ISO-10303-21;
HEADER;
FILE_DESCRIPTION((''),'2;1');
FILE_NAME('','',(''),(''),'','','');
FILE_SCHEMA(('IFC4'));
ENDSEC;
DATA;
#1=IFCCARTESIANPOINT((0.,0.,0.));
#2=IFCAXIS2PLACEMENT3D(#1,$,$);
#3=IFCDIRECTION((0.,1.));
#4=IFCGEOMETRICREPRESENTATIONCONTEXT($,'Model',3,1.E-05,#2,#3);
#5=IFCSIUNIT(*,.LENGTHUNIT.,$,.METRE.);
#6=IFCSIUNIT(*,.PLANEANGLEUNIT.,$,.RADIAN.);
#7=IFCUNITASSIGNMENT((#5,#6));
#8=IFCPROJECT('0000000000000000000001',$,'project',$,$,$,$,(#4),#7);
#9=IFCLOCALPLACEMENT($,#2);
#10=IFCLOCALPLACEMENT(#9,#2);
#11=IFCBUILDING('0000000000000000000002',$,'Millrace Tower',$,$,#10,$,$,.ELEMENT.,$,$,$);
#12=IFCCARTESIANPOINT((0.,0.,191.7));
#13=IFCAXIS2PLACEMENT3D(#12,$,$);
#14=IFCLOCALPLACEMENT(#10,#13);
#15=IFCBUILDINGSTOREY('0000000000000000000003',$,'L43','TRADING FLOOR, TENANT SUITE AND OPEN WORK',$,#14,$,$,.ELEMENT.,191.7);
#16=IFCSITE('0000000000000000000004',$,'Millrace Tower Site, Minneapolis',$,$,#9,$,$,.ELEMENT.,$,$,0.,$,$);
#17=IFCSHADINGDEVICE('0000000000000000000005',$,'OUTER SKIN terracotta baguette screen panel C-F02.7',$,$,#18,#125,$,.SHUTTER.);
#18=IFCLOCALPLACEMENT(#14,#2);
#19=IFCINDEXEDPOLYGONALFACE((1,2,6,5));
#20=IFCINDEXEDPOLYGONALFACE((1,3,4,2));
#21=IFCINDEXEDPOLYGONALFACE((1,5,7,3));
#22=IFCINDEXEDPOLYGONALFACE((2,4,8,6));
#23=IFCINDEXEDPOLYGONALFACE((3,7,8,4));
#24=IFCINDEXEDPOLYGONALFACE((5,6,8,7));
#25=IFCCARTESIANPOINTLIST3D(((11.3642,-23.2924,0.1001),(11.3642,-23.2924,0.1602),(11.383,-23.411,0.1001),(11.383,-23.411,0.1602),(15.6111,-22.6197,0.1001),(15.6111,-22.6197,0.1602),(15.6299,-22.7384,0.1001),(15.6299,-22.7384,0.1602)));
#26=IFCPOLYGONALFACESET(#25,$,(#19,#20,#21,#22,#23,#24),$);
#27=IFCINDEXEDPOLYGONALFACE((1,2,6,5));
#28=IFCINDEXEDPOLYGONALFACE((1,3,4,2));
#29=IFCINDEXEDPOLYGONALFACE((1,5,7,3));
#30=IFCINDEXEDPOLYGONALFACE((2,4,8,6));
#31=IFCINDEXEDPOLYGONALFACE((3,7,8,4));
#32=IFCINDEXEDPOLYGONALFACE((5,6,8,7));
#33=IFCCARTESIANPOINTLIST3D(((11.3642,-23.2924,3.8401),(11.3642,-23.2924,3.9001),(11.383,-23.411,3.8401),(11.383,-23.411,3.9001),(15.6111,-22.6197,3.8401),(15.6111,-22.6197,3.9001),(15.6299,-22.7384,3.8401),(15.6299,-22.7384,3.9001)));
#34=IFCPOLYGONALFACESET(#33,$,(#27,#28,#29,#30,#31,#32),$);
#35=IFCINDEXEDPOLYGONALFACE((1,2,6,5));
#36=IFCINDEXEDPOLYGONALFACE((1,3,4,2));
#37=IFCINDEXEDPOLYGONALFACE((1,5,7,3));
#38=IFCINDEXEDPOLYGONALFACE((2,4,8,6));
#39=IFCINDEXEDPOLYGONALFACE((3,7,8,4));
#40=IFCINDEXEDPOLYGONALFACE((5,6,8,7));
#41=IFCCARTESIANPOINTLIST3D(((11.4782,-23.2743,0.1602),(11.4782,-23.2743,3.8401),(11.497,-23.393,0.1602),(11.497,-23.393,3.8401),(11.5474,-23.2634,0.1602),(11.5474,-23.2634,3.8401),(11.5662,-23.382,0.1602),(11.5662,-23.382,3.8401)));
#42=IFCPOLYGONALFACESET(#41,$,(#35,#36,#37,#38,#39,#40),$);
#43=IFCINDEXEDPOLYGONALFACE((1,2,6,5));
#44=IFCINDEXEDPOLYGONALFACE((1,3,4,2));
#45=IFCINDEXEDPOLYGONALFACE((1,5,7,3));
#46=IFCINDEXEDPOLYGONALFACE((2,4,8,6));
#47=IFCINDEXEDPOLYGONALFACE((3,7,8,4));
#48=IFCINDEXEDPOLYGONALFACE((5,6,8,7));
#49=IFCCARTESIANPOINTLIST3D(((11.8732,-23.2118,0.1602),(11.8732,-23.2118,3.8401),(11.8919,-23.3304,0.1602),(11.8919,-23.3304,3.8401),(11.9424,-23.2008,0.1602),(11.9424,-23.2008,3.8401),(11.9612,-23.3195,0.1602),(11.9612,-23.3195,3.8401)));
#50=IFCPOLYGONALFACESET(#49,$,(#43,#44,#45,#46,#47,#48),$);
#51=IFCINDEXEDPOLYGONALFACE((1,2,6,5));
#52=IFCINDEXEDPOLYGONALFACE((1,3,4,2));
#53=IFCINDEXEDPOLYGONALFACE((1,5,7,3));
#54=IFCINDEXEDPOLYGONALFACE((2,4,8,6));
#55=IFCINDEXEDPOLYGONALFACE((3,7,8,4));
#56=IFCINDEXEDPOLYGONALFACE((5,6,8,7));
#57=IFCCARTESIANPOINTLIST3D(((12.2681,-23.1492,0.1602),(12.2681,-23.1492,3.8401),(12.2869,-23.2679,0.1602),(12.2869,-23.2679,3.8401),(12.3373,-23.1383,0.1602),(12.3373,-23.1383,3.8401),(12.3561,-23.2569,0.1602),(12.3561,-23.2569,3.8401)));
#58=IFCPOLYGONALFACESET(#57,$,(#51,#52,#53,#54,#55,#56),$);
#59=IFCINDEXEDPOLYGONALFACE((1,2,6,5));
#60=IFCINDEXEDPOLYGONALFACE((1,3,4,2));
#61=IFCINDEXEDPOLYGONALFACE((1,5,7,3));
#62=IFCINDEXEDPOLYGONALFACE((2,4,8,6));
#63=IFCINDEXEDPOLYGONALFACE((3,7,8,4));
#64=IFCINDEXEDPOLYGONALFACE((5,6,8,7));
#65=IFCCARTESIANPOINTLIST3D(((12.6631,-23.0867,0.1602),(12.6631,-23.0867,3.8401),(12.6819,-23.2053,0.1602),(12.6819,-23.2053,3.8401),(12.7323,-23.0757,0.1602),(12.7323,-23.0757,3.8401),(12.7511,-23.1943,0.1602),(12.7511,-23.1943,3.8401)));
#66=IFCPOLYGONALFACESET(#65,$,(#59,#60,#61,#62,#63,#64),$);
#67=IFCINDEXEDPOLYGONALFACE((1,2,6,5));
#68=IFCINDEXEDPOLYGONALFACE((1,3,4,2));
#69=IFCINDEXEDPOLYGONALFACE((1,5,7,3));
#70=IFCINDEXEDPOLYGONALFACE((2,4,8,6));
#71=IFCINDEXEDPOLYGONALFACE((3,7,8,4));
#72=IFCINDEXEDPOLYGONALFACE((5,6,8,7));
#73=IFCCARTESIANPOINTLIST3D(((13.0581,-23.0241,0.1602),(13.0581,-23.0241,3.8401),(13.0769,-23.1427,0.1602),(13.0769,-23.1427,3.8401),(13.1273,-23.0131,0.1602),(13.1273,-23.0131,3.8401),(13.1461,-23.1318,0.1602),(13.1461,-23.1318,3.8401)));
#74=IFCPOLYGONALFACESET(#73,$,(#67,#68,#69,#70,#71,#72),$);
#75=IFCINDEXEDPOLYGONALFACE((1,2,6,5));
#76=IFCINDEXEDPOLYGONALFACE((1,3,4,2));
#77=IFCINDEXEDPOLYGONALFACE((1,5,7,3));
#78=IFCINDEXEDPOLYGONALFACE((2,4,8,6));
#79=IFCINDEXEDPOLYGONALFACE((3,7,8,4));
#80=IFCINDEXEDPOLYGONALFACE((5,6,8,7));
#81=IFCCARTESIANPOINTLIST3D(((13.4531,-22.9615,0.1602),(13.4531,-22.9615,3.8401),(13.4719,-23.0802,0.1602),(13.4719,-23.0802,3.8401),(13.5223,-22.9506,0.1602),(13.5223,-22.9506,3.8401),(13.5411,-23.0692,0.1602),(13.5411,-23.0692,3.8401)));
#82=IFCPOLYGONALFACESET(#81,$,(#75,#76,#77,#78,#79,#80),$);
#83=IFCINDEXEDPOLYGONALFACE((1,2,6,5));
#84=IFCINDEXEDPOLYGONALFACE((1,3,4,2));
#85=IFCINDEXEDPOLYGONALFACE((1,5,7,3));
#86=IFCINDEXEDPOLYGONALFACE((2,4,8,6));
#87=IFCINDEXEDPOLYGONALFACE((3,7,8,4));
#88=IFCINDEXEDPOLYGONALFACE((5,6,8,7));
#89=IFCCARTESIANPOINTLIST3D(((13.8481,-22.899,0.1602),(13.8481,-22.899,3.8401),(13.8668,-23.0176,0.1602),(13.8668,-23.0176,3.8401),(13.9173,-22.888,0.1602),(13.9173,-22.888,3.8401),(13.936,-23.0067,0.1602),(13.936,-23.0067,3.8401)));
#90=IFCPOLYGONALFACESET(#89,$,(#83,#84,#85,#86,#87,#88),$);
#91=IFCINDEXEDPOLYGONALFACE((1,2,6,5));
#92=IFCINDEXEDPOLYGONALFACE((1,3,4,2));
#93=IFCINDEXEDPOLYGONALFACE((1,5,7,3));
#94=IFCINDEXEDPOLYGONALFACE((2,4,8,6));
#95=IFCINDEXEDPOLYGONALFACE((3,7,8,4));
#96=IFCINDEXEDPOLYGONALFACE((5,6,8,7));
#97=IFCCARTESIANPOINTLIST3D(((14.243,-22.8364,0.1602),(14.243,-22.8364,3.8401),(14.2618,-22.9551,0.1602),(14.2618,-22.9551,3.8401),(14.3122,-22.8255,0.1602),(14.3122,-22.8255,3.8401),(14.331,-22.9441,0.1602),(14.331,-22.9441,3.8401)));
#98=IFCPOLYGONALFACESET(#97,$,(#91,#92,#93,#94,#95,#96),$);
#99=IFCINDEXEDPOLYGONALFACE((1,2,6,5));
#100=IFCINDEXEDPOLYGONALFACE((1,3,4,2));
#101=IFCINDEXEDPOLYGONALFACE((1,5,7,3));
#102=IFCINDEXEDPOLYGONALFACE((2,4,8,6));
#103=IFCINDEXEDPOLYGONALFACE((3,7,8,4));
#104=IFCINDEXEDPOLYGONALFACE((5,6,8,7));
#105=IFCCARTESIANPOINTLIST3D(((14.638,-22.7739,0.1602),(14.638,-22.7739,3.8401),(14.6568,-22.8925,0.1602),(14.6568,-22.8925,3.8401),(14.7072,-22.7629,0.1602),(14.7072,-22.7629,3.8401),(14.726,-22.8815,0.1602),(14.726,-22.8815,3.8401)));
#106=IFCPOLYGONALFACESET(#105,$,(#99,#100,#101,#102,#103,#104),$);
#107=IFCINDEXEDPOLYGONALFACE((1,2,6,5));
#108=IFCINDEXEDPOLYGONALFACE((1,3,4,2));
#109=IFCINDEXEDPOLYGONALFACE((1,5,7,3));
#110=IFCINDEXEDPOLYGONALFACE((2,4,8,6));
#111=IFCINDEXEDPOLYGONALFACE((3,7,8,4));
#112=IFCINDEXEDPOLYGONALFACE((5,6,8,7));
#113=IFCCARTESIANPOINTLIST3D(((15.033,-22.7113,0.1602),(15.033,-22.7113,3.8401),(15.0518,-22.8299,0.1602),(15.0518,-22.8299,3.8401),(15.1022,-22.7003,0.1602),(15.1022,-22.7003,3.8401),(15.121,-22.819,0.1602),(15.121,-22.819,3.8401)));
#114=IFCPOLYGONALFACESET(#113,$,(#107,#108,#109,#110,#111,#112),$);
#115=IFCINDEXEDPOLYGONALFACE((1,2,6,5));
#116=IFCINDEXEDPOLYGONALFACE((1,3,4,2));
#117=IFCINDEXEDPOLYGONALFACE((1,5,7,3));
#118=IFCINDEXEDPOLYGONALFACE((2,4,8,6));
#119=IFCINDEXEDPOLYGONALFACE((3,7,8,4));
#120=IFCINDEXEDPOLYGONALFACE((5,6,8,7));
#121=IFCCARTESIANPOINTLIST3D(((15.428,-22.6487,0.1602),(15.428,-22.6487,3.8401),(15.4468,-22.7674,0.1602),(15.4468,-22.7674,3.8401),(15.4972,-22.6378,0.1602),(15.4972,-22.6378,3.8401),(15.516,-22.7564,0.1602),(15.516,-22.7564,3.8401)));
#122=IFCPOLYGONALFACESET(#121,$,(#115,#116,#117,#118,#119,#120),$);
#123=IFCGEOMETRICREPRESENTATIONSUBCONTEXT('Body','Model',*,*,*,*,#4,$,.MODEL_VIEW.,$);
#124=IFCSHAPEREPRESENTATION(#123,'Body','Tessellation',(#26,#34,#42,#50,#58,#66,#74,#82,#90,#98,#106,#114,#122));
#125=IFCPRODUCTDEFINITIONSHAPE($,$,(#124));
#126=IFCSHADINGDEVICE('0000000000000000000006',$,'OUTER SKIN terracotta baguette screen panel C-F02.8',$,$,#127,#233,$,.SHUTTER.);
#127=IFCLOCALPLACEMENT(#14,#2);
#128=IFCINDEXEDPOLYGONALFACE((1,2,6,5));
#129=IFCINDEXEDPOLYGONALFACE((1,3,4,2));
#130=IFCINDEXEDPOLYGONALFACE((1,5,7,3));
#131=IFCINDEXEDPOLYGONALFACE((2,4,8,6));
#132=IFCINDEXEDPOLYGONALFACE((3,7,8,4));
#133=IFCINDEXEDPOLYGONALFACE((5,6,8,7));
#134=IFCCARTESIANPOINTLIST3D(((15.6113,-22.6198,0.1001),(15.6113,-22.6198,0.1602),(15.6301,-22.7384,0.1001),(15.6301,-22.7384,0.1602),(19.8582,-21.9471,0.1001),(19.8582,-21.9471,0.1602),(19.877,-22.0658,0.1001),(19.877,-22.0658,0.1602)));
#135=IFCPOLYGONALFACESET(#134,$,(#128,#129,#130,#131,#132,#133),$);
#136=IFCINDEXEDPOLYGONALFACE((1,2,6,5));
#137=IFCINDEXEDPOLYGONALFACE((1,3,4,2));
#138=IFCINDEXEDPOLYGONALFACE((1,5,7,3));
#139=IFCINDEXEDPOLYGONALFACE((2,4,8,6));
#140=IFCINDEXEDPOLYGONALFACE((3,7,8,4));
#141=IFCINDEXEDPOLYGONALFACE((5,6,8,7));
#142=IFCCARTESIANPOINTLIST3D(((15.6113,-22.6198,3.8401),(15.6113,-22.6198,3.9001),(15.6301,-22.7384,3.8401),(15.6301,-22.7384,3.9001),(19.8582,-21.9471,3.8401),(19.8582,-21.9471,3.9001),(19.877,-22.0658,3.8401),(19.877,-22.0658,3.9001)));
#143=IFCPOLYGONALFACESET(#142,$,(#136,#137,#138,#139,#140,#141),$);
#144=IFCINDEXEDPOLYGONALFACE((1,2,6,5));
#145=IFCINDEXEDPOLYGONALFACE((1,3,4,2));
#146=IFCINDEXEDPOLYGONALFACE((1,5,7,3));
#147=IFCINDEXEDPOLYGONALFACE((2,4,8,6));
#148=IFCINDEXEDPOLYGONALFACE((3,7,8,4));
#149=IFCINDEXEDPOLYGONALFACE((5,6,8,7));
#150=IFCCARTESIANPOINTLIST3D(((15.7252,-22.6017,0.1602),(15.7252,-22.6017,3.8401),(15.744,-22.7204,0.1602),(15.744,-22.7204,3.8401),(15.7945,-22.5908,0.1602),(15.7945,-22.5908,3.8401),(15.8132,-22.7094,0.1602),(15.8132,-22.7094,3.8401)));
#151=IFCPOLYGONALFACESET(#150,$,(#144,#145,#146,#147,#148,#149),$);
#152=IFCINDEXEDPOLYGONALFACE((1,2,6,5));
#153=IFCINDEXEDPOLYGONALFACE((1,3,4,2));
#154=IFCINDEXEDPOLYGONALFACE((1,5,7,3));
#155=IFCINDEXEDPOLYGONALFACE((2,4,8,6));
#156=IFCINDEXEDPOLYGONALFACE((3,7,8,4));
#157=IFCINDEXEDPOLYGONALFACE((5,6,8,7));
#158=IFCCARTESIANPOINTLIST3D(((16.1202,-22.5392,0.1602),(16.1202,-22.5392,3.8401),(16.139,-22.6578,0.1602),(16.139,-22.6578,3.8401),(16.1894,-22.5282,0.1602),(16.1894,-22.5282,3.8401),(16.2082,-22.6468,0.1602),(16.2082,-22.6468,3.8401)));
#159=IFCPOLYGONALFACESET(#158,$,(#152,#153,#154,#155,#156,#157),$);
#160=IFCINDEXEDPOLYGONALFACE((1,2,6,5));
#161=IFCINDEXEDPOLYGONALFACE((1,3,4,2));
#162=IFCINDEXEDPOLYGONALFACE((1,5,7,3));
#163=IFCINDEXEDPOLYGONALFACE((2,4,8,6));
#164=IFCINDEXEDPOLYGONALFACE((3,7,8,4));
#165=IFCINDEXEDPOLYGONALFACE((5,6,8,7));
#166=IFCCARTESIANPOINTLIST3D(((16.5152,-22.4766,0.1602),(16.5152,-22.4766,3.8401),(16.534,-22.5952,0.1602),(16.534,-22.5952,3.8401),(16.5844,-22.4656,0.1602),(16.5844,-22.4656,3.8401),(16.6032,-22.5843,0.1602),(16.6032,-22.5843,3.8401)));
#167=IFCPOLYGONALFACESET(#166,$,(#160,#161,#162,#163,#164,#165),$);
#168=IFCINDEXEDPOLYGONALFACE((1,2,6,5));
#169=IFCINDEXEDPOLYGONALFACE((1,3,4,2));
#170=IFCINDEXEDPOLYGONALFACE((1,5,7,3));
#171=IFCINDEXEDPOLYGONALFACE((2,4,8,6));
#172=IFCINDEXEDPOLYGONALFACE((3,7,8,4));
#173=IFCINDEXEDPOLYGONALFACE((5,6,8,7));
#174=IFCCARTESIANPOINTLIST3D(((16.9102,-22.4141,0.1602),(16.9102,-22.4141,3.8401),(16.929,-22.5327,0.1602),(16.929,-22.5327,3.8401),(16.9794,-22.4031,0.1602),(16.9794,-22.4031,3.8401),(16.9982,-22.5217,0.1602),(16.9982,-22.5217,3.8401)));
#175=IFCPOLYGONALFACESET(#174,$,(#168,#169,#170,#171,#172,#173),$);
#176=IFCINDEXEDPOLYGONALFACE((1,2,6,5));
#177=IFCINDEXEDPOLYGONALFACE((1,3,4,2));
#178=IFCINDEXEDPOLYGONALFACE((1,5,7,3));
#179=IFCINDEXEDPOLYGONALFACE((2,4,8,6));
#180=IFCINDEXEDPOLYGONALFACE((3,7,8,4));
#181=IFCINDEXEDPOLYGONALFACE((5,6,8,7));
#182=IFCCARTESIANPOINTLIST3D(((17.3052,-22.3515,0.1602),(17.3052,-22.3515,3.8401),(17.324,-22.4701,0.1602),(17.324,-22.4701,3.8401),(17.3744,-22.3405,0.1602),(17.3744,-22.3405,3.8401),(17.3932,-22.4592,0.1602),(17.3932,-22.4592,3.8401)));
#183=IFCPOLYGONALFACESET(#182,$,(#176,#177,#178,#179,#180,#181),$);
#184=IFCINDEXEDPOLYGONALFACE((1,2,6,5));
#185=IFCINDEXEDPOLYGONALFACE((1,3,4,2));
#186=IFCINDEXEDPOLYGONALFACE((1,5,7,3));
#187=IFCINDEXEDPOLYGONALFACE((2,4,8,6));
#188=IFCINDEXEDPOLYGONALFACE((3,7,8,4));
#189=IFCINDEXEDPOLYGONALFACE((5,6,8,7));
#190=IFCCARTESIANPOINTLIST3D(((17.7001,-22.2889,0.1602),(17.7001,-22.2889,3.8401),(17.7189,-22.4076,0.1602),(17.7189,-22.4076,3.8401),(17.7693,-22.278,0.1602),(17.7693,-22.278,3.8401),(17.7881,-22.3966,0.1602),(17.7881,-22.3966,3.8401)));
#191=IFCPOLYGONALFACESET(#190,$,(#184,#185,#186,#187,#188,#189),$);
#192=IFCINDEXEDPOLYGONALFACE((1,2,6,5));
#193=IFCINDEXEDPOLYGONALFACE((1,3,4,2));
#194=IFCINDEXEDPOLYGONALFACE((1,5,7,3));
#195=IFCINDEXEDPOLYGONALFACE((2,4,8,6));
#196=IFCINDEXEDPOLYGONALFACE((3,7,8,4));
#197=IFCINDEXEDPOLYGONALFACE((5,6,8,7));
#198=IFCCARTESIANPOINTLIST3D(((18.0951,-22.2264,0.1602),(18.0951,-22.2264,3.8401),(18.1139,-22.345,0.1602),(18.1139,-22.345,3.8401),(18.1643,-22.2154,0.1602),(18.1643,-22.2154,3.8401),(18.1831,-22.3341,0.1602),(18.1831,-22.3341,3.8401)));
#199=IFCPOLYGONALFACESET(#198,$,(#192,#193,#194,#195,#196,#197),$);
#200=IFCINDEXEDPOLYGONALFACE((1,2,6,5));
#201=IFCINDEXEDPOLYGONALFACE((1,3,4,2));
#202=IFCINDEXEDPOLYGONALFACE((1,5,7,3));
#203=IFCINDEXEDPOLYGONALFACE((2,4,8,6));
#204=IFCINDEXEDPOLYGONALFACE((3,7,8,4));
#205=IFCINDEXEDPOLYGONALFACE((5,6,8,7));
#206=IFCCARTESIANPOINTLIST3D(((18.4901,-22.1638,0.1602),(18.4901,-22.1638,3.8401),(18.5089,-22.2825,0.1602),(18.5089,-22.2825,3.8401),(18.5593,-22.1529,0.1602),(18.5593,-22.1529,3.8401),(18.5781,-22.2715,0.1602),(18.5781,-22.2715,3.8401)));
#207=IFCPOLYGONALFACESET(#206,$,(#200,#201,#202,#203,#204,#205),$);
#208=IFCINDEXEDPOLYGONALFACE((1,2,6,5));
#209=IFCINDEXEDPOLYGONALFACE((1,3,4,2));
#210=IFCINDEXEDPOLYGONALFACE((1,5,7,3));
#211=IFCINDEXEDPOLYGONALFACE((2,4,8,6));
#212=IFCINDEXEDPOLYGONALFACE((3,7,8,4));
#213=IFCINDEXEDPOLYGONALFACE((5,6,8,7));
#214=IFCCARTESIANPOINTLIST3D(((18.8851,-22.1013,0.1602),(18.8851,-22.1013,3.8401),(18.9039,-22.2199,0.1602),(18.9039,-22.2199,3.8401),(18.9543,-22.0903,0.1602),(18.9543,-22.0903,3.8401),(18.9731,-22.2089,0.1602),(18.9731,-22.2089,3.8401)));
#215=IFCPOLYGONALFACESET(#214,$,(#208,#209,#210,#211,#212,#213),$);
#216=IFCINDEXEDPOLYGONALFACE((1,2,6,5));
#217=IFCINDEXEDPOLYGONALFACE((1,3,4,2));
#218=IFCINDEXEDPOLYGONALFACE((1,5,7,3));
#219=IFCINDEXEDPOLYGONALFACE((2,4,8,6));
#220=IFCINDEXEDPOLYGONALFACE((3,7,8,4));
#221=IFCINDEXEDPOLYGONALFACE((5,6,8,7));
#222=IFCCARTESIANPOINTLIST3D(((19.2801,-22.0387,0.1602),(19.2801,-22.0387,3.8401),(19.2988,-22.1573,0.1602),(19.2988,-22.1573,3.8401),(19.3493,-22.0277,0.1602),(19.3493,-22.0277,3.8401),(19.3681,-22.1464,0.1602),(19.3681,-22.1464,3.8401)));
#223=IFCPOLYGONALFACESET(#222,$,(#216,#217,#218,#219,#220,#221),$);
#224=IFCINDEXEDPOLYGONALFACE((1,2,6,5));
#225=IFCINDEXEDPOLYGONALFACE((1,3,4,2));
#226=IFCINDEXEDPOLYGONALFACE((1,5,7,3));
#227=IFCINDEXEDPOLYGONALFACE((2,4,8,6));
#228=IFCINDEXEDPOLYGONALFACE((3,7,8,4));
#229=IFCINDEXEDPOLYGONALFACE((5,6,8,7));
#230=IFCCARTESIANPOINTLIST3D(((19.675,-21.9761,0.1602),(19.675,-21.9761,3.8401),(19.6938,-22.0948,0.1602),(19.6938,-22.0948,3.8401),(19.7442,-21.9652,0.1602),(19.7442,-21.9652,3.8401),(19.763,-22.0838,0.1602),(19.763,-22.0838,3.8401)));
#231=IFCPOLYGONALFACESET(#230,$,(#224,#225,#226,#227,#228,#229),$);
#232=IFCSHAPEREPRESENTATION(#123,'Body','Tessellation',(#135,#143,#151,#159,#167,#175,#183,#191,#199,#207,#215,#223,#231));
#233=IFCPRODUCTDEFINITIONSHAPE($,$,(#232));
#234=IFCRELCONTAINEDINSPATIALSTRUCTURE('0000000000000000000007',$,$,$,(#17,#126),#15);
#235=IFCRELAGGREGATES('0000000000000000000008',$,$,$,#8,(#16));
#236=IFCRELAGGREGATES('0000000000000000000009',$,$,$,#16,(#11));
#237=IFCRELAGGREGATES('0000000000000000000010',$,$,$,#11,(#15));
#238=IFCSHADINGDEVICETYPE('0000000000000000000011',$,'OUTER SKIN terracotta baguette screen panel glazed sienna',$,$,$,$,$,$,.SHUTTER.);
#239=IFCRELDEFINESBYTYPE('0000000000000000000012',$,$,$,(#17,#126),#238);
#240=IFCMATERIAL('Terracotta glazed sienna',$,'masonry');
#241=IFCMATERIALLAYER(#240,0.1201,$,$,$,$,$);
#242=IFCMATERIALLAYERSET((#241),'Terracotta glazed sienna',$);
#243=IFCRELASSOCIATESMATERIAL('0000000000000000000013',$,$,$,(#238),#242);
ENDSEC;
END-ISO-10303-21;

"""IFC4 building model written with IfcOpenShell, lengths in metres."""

from ifc_helpers import new_model, entity, si_unit, direction, frame, frame_2d, origin, origin_2d, place, context, subcontext, project, spatial, rectangle, extrude, source, transform, mapped, material, layer, layer_set, type_object, element, save


model = new_model("IFC4")

# Units and contexts
model_context = context("Model", 3, precision=1e-05, world=origin(), true_north=direction((0.0, 1.0)))
body_context = subcontext(model_context, "Body", "Model", "MODEL_VIEW")
ifc_project = project(units=[si_unit("LENGTHUNIT", "METRE"), si_unit("PLANEANGLEUNIT", "RADIAN")], contexts=[model_context])

# Site, building, storey
site_placement = place(None, origin())
site = spatial("IfcSite", under=ifc_project, at=site_placement, Name="Millrace Tower Site, Minneapolis", CompositionType="ELEMENT", RefElevation=0.0)
building_placement = place(site_placement, origin())
building = spatial("IfcBuilding", under=site, at=building_placement, Name="Millrace Tower", CompositionType="ELEMENT")
storey_placement = place(building_placement, frame((0.0, 0.0, 191.7)))
storey = spatial("IfcBuildingStorey", under=building, at=storey_placement, Name="L43", Description="TRADING FLOOR, TENANT SUITE AND OPEN WORK", CompositionType="ELEMENT", Elevation=191.7)

# Shading devices
ifc_material_1 = material(Name="Terracotta glazed sienna", Category="masonry")
ifc_layer_1 = layer(ifc_material_1, 0.1201)
ifc_layer_set_1 = layer_set([ifc_layer_1], Name="Terracotta glazed sienna")
shading_device_type = type_object("IfcShadingDeviceType", Name="OUTER SKIN terracotta baguette screen panel glazed sienna", PredefinedType="SHUTTER", material=ifc_layer_set_1)
cartesian_point_1 = entity("IfcCartesianPoint", [-2.1499, 0.0601])
shared_polyline_1 = entity("IfcPolyline", [cartesian_point_1, entity("IfcCartesianPoint", [2.1499, 0.0601]), entity("IfcCartesianPoint", [2.1499, -0.0601]), entity("IfcCartesianPoint", [-2.1499, -0.0601]), cartesian_point_1])
shared_shape_1 = source(origin(), body_context, "Body", "SweptSolid", [
    entity("IfcExtrudedAreaSolid", entity("IfcArbitraryClosedProfileDef", "AREA", None, shared_polyline_1), entity("IfcAxis2Placement3D", entity("IfcCartesianPoint", [0.0, 0.0, 0.0])), entity("IfcDirection", [0.0, 0.0, 1.0]), 0.0601),
    entity("IfcExtrudedAreaSolid", entity("IfcArbitraryClosedProfileDef", "AREA", None, shared_polyline_1), entity("IfcAxis2Placement3D", entity("IfcCartesianPoint", [0.0, 0.0, 3.74])), entity("IfcDirection", [0.0, 0.0, 1.0]), 0.0601),
    extrude(rectangle(XDim=0.0701, YDim=0.1201, at=frame_2d((-1.9995, 0.0))), frame((0.0, 0.0, 0.0601)), (0.0, 0.0, 1.0), 3.6799),
    extrude(rectangle(XDim=0.0701, YDim=0.1201, at=frame_2d((-1.5996, 0.0))), frame((0.0, 0.0, 0.0601)), (0.0, 0.0, 1.0), 3.6799),
    extrude(rectangle(XDim=0.0701, YDim=0.1201, at=frame_2d((-1.1997, 0.0))), frame((0.0, 0.0, 0.0601)), (0.0, 0.0, 1.0), 3.6799),
    extrude(rectangle(XDim=0.0701, YDim=0.1201, at=frame_2d((-0.7998, 0.0))), frame((0.0, 0.0, 0.0601)), (0.0, 0.0, 1.0), 3.6799),
    extrude(rectangle(XDim=0.0701, YDim=0.1201, at=frame_2d((-0.3999, 0.0))), frame((0.0, 0.0, 0.0601)), (0.0, 0.0, 1.0), 3.6799),
    extrude(rectangle(XDim=0.0701, YDim=0.1201, at=origin_2d()), frame((0.0, 0.0, 0.0601)), (0.0, 0.0, 1.0), 3.6799),
    extrude(rectangle(XDim=0.0701, YDim=0.1201, at=frame_2d((0.3999, 0.0))), frame((0.0, 0.0, 0.0601)), (0.0, 0.0, 1.0), 3.6799),
    extrude(rectangle(XDim=0.0701, YDim=0.1201, at=frame_2d((0.7998, 0.0))), frame((0.0, 0.0, 0.0601)), (0.0, 0.0, 1.0), 3.6799),
    extrude(rectangle(XDim=0.0701, YDim=0.1201, at=frame_2d((1.1997, 0.0))), frame((0.0, 0.0, 0.0601)), (0.0, 0.0, 1.0), 3.6799),
    extrude(rectangle(XDim=0.0701, YDim=0.1201, at=frame_2d((1.5996, 0.0))), frame((0.0, 0.0, 0.0601)), (0.0, 0.0, 1.0), 3.6799),
    extrude(rectangle(XDim=0.0701, YDim=0.1201, at=frame_2d((1.9995, 0.0))), frame((0.0, 0.0, 0.0601)), (0.0, 0.0, 1.0), 3.6799),
])
for number, where, z_axis, x_axis, name in (
    (1, (13.4971, -23.0154, 0.1001), (0.0, 0.0, 1.0), (0.987688, 0.156434, 0.0), "OUTER SKIN terracotta baguette screen panel C-F02.7"),
    (2, (17.7441, -22.3428, 0.1001), (0.0, 0.0, 1.0), (0.987688, 0.156434, 0.0), "OUTER SKIN terracotta baguette screen panel C-F02.8"),
):
    element("IfcShadingDevice", number, at=place(storey_placement, frame(where, z_axis=z_axis, x_axis=x_axis)), inside=storey, type_object=shading_device_type, Name=name, PredefinedType="SHUTTER", context=body_context, shape_type="MappedRepresentation", body=[
        mapped(shared_shape_1, transform((0.0, 0.0, 0.0), scale=1.0)),
    ])

save(model, "model.ifc")
